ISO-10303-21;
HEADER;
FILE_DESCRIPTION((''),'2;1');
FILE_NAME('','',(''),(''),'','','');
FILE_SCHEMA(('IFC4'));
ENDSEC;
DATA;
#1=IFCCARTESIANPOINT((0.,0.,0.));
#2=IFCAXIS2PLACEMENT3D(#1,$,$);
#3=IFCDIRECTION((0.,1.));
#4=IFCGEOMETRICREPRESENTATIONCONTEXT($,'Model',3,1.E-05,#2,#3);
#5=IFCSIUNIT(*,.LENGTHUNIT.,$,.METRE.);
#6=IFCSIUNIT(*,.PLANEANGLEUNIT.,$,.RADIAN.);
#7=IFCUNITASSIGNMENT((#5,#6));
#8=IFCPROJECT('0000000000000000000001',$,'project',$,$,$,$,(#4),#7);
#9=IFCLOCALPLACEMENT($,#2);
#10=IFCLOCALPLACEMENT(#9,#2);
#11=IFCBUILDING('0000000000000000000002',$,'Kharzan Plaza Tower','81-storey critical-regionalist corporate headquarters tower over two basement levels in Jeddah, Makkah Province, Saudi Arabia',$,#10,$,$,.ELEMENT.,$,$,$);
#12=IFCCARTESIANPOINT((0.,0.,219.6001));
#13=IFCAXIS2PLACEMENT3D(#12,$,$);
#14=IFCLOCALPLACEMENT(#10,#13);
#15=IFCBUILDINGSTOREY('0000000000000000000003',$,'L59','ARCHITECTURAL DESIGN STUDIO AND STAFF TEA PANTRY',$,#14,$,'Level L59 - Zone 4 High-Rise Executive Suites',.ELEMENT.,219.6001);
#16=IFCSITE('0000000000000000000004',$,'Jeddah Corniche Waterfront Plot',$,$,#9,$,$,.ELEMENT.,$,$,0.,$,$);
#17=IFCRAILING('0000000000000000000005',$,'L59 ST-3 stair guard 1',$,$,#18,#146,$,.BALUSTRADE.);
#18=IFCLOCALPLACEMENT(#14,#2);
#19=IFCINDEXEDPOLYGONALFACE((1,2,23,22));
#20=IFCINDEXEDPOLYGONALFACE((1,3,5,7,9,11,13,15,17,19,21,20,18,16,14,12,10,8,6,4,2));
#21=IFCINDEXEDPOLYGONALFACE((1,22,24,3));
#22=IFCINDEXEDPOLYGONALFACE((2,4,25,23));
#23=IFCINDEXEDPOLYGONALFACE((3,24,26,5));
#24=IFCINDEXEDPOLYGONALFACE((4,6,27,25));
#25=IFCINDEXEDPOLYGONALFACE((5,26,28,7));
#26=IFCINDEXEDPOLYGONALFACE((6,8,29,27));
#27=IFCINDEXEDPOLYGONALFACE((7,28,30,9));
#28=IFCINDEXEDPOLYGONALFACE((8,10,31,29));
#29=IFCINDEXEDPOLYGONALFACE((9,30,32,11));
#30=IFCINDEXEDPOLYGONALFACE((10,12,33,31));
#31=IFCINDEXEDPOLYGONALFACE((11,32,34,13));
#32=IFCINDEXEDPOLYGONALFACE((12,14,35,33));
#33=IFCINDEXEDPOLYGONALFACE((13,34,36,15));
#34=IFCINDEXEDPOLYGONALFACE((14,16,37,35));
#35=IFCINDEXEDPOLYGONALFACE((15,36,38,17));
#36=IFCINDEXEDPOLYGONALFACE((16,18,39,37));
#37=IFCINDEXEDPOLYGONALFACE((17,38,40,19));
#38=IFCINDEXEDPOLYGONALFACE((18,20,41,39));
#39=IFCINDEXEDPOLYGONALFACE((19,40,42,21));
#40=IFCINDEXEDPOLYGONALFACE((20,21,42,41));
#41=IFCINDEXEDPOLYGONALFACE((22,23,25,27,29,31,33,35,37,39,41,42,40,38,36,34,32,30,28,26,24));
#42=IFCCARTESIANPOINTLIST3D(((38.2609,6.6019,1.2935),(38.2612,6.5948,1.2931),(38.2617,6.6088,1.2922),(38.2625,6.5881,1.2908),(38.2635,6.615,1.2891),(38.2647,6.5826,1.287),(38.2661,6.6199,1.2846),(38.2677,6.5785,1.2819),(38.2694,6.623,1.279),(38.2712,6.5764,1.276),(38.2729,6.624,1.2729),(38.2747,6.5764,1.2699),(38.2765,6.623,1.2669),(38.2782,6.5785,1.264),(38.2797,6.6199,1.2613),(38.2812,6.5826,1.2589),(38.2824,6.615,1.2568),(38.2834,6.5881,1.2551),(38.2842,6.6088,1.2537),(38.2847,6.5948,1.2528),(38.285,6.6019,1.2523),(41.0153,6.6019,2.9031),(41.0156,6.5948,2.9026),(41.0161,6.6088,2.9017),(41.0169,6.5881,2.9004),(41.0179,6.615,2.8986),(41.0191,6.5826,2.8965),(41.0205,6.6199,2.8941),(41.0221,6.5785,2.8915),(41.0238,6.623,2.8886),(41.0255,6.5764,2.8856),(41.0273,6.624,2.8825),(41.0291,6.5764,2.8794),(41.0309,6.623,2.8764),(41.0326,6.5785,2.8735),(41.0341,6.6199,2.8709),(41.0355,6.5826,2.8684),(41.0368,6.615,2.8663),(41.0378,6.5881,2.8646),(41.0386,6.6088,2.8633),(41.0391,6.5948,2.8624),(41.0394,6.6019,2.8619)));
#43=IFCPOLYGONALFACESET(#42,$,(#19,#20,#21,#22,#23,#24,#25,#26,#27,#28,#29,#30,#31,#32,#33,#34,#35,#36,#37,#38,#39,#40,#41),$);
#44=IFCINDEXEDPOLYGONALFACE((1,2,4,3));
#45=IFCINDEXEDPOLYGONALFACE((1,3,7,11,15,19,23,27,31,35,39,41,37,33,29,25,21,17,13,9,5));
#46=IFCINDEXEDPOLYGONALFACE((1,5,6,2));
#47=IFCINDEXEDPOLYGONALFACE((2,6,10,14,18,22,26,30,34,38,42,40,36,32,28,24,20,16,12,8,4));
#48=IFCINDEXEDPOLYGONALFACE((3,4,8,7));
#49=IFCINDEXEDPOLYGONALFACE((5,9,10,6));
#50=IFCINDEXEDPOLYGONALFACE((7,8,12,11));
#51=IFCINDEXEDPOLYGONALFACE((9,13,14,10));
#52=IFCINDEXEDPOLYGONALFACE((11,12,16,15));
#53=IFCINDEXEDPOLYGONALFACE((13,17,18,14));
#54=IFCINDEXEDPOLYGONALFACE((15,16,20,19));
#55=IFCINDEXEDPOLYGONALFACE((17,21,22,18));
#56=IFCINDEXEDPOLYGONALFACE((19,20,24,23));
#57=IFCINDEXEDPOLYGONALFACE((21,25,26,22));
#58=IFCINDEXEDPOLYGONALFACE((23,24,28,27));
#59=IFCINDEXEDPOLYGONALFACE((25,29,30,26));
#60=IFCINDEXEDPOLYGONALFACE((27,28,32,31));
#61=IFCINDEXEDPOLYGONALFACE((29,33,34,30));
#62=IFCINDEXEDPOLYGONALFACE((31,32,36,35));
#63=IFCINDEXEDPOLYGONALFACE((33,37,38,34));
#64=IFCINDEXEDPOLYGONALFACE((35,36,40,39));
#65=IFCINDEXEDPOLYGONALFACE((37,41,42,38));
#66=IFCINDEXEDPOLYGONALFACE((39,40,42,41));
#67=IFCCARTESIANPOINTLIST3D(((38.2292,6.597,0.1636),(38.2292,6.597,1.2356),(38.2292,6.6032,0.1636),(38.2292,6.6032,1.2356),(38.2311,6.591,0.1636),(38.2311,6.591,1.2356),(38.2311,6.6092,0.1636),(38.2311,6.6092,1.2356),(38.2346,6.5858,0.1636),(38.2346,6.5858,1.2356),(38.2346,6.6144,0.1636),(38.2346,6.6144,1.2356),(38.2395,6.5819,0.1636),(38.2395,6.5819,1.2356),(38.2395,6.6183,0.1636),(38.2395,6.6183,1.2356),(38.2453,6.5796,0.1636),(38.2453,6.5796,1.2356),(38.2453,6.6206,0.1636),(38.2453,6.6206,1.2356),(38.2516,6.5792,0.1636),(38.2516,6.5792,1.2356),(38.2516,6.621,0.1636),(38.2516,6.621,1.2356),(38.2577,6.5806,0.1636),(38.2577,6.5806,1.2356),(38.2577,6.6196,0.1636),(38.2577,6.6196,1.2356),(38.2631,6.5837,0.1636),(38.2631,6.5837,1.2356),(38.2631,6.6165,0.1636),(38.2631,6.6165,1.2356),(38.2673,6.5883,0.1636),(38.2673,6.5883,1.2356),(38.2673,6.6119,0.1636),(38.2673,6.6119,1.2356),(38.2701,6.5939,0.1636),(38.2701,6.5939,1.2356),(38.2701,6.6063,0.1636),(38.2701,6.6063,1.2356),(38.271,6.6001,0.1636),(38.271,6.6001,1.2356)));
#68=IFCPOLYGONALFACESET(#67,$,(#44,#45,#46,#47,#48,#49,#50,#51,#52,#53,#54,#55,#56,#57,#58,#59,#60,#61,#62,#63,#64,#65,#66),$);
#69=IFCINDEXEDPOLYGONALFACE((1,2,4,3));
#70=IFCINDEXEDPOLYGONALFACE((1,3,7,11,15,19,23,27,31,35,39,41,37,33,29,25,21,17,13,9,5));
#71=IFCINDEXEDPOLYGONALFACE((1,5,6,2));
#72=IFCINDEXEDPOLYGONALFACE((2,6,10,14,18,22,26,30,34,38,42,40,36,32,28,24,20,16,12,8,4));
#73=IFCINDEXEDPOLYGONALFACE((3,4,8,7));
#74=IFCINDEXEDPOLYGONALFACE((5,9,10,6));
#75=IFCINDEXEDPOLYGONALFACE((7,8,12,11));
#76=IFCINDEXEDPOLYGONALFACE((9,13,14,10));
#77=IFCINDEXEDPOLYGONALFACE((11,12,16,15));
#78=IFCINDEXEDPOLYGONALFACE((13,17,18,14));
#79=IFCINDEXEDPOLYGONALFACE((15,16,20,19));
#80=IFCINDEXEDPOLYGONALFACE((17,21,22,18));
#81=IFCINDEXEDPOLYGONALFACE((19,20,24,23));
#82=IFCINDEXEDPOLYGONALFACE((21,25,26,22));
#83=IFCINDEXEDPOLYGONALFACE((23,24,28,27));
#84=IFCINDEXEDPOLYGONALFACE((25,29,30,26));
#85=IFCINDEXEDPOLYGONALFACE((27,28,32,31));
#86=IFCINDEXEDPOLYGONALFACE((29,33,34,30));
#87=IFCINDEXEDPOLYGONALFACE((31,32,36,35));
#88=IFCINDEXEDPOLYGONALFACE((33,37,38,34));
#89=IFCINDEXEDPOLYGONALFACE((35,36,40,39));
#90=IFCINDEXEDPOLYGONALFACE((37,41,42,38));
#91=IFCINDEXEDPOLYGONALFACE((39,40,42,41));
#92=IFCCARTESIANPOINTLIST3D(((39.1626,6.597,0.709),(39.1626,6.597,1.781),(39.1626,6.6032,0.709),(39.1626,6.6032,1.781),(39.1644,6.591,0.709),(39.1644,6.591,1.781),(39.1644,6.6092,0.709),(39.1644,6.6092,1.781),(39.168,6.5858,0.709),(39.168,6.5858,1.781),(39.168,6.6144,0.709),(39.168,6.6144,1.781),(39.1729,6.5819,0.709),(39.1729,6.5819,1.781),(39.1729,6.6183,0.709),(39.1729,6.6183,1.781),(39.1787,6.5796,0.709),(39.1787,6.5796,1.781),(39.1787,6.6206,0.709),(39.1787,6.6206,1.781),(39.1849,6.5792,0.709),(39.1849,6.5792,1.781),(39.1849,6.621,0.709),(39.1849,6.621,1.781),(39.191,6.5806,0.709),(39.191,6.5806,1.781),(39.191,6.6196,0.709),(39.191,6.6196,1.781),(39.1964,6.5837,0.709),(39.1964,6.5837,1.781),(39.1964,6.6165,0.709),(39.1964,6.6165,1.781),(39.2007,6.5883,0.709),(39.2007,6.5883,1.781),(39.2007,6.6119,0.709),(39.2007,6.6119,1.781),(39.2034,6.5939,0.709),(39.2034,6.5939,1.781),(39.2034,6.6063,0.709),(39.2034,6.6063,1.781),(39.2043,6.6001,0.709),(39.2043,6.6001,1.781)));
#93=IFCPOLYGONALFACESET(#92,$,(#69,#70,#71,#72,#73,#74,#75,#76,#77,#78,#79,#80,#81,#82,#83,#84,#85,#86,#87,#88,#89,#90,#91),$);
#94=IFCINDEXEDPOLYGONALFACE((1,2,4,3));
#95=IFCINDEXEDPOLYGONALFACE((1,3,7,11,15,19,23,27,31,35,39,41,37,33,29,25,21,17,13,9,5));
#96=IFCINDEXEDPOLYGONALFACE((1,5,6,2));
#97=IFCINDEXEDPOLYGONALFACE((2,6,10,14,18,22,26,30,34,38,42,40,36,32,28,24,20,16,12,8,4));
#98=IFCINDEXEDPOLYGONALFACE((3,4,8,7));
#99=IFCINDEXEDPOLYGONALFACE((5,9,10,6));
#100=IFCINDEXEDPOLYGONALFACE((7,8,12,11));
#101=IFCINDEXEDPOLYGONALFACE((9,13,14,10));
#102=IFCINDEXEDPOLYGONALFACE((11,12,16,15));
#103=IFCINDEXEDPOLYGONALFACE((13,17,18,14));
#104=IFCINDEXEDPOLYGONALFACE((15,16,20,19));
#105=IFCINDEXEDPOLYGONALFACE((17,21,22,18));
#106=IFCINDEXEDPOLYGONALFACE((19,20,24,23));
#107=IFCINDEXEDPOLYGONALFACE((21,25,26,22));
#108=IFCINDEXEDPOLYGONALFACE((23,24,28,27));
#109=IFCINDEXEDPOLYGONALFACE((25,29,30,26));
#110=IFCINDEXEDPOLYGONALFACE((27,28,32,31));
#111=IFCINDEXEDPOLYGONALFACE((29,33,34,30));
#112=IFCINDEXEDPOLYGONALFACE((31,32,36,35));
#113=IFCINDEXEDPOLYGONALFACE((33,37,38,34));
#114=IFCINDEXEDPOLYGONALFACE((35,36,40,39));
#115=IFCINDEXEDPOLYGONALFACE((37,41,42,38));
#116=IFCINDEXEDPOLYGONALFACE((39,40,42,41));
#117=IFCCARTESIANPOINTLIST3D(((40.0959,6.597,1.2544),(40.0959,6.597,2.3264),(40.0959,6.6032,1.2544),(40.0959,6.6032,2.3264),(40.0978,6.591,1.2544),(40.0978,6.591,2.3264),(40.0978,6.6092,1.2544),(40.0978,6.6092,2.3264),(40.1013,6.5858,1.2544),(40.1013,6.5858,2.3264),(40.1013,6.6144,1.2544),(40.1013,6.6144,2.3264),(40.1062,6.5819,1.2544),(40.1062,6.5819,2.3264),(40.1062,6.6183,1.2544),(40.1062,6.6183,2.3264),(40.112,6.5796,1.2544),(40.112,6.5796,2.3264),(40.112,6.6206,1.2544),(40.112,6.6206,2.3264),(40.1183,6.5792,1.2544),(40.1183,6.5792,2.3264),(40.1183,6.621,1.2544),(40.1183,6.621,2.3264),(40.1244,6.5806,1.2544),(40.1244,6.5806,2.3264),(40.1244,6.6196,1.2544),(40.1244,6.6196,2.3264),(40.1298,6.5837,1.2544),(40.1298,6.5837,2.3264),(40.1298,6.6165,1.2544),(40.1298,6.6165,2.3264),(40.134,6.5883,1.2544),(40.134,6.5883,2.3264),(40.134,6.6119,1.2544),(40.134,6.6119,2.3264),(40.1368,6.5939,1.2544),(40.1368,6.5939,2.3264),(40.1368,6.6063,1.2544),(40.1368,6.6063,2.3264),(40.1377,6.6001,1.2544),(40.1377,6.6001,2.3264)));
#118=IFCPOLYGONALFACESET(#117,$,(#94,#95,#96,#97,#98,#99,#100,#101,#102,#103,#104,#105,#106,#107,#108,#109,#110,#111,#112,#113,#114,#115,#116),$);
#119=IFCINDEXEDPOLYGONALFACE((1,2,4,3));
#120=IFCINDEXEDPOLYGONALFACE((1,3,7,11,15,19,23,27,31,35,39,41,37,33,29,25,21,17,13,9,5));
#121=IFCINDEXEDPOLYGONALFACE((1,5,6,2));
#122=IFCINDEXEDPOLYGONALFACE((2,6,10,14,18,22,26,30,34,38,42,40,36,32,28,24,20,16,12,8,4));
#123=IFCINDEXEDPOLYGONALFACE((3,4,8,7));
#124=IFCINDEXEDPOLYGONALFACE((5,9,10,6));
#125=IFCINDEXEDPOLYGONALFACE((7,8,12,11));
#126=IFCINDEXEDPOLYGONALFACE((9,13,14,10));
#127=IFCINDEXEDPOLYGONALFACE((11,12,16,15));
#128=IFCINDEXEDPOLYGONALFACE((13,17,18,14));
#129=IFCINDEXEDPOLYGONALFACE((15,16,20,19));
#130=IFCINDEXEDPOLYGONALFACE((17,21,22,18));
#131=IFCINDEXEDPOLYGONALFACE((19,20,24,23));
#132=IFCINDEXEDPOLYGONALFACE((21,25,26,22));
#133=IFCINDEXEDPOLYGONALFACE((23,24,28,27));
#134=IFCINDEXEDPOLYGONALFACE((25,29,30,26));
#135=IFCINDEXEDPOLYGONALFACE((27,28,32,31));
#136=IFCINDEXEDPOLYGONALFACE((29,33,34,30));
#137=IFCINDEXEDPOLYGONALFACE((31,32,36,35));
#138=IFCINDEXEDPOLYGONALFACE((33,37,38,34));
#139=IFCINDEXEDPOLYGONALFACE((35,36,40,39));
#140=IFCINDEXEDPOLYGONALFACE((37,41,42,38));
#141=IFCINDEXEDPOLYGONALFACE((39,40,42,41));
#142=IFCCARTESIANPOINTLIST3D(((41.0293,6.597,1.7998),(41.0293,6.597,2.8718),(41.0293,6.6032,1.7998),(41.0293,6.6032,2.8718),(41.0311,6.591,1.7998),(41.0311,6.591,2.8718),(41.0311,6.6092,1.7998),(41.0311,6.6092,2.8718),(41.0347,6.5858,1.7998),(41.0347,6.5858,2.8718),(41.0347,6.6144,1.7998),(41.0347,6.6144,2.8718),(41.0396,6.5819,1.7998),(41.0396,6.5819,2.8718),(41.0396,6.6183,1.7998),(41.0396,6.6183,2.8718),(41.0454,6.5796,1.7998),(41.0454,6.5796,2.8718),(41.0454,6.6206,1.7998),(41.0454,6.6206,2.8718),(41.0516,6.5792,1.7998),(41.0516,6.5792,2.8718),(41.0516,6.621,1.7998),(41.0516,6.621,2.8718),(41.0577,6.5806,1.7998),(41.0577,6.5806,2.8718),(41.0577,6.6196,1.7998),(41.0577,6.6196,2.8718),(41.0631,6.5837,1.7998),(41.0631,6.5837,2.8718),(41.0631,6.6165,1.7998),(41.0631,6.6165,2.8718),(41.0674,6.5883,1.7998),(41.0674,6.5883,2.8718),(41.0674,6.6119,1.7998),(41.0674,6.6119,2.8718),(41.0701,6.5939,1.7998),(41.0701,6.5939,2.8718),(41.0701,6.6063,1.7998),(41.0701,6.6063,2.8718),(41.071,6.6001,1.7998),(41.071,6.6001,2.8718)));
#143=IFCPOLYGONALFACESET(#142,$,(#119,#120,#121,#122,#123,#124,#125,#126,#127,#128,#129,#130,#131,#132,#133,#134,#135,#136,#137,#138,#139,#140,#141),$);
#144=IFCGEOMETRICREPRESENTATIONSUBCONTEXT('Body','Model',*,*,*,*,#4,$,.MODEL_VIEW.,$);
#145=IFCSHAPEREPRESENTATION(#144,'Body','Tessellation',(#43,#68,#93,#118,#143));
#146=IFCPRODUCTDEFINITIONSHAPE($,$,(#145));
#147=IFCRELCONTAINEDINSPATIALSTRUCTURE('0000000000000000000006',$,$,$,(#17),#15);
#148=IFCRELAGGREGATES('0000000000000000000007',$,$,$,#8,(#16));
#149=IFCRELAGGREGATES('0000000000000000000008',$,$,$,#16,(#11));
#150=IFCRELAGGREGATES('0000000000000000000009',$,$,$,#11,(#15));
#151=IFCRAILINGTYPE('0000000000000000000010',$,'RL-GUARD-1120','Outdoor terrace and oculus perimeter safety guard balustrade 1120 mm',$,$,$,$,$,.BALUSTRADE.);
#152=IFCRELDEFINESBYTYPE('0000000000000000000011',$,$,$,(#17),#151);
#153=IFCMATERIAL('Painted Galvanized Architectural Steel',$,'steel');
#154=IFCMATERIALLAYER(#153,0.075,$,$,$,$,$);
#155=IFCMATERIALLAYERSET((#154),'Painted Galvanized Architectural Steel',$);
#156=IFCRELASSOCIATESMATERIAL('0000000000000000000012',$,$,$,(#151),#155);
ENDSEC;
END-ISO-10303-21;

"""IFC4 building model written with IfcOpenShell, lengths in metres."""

from ifc_helpers import new_model, si_unit, direction, frame, origin, origin_2d, place, context, subcontext, project, spatial, circle, extrude, source, transform, mapped, material, layer, layer_set, type_object, element, save


model = new_model("IFC4")

# Units and contexts
model_context = context("Model", 3, precision=1e-05, world=origin(), true_north=direction((0.0, 1.0)))
body_context = subcontext(model_context, "Body", "Model", "MODEL_VIEW")
ifc_project = project(units=[si_unit("LENGTHUNIT", "METRE"), si_unit("PLANEANGLEUNIT", "RADIAN")], contexts=[model_context])

# Site, building, storey
site_placement = place(None, origin())
site = spatial("IfcSite", under=ifc_project, at=site_placement, Name="Jeddah Corniche Waterfront Plot", CompositionType="ELEMENT", RefElevation=0.0)
building_placement = place(site_placement, origin())
building = spatial("IfcBuilding", under=site, at=building_placement, Name="Kharzan Plaza Tower", Description="81-storey critical-regionalist corporate headquarters tower over two basement levels in Jeddah, Makkah Province, Saudi Arabia", CompositionType="ELEMENT")
storey_placement = place(building_placement, frame((0.0, 0.0, 219.6001)))
storey = spatial("IfcBuildingStorey", under=building, at=storey_placement, Name="L59", Description="ARCHITECTURAL DESIGN STUDIO AND STAFF TEA PANTRY", LongName="Level L59 - Zone 4 High-Rise Executive Suites", CompositionType="ELEMENT", Elevation=219.6001)

# Railing
ifc_material_1 = material(Name="Painted Galvanized Architectural Steel", Category="steel")
ifc_layer_1 = layer(ifc_material_1, 0.075)
ifc_layer_set_1 = layer_set([ifc_layer_1], Name="Painted Galvanized Architectural Steel")
railing_type_1 = type_object("IfcRailingType", Name="RL-GUARD-1120", Description="Outdoor terrace and oculus perimeter safety guard balustrade 1120 mm", PredefinedType="BALUSTRADE", material=ifc_layer_set_1)
shared_shape_1 = source(origin(), body_context, "Body", "SweptSolid", [
    extrude(circle(Radius=0.0239, at=origin_2d()), frame((0.0229, 0.0, 1.1094), z_axis=(0.863394, 0.0, 0.504531), x_axis=(0.0, 1.0, 0.0)), (0.0, 0.0, 1.0), 3.1902),
    extrude(circle(Radius=0.021, at=origin_2d()), origin(), (0.0, 0.0, 1.0), 1.072),
    extrude(circle(Radius=0.021, at=origin_2d()), frame((0.9333, 0.0, 0.5454)), (0.0, 0.0, 1.0), 1.072),
    extrude(circle(Radius=0.021, at=origin_2d()), frame((1.8667, 0.0, 1.0908)), (0.0, 0.0, 1.0), 1.072),
    extrude(circle(Radius=0.021, at=origin_2d()), frame((2.8, 0.0, 1.6362)), (0.0, 0.0, 1.0), 1.072),
])
railing_1_placement = place(storey_placement, frame((38.25, 6.6001, 0.1636)))
element("IfcRailing", 1, at=railing_1_placement, inside=storey, type_object=railing_type_1, Name="L59 ST-3 stair guard 1", PredefinedType="BALUSTRADE", context=body_context, shape_type="MappedRepresentation", body=[
    mapped(shared_shape_1, transform((0.0, 0.0, 0.0), x_axis=(1.0, 0.0, 0.0), y_axis=(0.0, 1.0, 0.0), z_axis=(0.0, 0.0, 1.0))),
])

save(model, "model.ifc")
